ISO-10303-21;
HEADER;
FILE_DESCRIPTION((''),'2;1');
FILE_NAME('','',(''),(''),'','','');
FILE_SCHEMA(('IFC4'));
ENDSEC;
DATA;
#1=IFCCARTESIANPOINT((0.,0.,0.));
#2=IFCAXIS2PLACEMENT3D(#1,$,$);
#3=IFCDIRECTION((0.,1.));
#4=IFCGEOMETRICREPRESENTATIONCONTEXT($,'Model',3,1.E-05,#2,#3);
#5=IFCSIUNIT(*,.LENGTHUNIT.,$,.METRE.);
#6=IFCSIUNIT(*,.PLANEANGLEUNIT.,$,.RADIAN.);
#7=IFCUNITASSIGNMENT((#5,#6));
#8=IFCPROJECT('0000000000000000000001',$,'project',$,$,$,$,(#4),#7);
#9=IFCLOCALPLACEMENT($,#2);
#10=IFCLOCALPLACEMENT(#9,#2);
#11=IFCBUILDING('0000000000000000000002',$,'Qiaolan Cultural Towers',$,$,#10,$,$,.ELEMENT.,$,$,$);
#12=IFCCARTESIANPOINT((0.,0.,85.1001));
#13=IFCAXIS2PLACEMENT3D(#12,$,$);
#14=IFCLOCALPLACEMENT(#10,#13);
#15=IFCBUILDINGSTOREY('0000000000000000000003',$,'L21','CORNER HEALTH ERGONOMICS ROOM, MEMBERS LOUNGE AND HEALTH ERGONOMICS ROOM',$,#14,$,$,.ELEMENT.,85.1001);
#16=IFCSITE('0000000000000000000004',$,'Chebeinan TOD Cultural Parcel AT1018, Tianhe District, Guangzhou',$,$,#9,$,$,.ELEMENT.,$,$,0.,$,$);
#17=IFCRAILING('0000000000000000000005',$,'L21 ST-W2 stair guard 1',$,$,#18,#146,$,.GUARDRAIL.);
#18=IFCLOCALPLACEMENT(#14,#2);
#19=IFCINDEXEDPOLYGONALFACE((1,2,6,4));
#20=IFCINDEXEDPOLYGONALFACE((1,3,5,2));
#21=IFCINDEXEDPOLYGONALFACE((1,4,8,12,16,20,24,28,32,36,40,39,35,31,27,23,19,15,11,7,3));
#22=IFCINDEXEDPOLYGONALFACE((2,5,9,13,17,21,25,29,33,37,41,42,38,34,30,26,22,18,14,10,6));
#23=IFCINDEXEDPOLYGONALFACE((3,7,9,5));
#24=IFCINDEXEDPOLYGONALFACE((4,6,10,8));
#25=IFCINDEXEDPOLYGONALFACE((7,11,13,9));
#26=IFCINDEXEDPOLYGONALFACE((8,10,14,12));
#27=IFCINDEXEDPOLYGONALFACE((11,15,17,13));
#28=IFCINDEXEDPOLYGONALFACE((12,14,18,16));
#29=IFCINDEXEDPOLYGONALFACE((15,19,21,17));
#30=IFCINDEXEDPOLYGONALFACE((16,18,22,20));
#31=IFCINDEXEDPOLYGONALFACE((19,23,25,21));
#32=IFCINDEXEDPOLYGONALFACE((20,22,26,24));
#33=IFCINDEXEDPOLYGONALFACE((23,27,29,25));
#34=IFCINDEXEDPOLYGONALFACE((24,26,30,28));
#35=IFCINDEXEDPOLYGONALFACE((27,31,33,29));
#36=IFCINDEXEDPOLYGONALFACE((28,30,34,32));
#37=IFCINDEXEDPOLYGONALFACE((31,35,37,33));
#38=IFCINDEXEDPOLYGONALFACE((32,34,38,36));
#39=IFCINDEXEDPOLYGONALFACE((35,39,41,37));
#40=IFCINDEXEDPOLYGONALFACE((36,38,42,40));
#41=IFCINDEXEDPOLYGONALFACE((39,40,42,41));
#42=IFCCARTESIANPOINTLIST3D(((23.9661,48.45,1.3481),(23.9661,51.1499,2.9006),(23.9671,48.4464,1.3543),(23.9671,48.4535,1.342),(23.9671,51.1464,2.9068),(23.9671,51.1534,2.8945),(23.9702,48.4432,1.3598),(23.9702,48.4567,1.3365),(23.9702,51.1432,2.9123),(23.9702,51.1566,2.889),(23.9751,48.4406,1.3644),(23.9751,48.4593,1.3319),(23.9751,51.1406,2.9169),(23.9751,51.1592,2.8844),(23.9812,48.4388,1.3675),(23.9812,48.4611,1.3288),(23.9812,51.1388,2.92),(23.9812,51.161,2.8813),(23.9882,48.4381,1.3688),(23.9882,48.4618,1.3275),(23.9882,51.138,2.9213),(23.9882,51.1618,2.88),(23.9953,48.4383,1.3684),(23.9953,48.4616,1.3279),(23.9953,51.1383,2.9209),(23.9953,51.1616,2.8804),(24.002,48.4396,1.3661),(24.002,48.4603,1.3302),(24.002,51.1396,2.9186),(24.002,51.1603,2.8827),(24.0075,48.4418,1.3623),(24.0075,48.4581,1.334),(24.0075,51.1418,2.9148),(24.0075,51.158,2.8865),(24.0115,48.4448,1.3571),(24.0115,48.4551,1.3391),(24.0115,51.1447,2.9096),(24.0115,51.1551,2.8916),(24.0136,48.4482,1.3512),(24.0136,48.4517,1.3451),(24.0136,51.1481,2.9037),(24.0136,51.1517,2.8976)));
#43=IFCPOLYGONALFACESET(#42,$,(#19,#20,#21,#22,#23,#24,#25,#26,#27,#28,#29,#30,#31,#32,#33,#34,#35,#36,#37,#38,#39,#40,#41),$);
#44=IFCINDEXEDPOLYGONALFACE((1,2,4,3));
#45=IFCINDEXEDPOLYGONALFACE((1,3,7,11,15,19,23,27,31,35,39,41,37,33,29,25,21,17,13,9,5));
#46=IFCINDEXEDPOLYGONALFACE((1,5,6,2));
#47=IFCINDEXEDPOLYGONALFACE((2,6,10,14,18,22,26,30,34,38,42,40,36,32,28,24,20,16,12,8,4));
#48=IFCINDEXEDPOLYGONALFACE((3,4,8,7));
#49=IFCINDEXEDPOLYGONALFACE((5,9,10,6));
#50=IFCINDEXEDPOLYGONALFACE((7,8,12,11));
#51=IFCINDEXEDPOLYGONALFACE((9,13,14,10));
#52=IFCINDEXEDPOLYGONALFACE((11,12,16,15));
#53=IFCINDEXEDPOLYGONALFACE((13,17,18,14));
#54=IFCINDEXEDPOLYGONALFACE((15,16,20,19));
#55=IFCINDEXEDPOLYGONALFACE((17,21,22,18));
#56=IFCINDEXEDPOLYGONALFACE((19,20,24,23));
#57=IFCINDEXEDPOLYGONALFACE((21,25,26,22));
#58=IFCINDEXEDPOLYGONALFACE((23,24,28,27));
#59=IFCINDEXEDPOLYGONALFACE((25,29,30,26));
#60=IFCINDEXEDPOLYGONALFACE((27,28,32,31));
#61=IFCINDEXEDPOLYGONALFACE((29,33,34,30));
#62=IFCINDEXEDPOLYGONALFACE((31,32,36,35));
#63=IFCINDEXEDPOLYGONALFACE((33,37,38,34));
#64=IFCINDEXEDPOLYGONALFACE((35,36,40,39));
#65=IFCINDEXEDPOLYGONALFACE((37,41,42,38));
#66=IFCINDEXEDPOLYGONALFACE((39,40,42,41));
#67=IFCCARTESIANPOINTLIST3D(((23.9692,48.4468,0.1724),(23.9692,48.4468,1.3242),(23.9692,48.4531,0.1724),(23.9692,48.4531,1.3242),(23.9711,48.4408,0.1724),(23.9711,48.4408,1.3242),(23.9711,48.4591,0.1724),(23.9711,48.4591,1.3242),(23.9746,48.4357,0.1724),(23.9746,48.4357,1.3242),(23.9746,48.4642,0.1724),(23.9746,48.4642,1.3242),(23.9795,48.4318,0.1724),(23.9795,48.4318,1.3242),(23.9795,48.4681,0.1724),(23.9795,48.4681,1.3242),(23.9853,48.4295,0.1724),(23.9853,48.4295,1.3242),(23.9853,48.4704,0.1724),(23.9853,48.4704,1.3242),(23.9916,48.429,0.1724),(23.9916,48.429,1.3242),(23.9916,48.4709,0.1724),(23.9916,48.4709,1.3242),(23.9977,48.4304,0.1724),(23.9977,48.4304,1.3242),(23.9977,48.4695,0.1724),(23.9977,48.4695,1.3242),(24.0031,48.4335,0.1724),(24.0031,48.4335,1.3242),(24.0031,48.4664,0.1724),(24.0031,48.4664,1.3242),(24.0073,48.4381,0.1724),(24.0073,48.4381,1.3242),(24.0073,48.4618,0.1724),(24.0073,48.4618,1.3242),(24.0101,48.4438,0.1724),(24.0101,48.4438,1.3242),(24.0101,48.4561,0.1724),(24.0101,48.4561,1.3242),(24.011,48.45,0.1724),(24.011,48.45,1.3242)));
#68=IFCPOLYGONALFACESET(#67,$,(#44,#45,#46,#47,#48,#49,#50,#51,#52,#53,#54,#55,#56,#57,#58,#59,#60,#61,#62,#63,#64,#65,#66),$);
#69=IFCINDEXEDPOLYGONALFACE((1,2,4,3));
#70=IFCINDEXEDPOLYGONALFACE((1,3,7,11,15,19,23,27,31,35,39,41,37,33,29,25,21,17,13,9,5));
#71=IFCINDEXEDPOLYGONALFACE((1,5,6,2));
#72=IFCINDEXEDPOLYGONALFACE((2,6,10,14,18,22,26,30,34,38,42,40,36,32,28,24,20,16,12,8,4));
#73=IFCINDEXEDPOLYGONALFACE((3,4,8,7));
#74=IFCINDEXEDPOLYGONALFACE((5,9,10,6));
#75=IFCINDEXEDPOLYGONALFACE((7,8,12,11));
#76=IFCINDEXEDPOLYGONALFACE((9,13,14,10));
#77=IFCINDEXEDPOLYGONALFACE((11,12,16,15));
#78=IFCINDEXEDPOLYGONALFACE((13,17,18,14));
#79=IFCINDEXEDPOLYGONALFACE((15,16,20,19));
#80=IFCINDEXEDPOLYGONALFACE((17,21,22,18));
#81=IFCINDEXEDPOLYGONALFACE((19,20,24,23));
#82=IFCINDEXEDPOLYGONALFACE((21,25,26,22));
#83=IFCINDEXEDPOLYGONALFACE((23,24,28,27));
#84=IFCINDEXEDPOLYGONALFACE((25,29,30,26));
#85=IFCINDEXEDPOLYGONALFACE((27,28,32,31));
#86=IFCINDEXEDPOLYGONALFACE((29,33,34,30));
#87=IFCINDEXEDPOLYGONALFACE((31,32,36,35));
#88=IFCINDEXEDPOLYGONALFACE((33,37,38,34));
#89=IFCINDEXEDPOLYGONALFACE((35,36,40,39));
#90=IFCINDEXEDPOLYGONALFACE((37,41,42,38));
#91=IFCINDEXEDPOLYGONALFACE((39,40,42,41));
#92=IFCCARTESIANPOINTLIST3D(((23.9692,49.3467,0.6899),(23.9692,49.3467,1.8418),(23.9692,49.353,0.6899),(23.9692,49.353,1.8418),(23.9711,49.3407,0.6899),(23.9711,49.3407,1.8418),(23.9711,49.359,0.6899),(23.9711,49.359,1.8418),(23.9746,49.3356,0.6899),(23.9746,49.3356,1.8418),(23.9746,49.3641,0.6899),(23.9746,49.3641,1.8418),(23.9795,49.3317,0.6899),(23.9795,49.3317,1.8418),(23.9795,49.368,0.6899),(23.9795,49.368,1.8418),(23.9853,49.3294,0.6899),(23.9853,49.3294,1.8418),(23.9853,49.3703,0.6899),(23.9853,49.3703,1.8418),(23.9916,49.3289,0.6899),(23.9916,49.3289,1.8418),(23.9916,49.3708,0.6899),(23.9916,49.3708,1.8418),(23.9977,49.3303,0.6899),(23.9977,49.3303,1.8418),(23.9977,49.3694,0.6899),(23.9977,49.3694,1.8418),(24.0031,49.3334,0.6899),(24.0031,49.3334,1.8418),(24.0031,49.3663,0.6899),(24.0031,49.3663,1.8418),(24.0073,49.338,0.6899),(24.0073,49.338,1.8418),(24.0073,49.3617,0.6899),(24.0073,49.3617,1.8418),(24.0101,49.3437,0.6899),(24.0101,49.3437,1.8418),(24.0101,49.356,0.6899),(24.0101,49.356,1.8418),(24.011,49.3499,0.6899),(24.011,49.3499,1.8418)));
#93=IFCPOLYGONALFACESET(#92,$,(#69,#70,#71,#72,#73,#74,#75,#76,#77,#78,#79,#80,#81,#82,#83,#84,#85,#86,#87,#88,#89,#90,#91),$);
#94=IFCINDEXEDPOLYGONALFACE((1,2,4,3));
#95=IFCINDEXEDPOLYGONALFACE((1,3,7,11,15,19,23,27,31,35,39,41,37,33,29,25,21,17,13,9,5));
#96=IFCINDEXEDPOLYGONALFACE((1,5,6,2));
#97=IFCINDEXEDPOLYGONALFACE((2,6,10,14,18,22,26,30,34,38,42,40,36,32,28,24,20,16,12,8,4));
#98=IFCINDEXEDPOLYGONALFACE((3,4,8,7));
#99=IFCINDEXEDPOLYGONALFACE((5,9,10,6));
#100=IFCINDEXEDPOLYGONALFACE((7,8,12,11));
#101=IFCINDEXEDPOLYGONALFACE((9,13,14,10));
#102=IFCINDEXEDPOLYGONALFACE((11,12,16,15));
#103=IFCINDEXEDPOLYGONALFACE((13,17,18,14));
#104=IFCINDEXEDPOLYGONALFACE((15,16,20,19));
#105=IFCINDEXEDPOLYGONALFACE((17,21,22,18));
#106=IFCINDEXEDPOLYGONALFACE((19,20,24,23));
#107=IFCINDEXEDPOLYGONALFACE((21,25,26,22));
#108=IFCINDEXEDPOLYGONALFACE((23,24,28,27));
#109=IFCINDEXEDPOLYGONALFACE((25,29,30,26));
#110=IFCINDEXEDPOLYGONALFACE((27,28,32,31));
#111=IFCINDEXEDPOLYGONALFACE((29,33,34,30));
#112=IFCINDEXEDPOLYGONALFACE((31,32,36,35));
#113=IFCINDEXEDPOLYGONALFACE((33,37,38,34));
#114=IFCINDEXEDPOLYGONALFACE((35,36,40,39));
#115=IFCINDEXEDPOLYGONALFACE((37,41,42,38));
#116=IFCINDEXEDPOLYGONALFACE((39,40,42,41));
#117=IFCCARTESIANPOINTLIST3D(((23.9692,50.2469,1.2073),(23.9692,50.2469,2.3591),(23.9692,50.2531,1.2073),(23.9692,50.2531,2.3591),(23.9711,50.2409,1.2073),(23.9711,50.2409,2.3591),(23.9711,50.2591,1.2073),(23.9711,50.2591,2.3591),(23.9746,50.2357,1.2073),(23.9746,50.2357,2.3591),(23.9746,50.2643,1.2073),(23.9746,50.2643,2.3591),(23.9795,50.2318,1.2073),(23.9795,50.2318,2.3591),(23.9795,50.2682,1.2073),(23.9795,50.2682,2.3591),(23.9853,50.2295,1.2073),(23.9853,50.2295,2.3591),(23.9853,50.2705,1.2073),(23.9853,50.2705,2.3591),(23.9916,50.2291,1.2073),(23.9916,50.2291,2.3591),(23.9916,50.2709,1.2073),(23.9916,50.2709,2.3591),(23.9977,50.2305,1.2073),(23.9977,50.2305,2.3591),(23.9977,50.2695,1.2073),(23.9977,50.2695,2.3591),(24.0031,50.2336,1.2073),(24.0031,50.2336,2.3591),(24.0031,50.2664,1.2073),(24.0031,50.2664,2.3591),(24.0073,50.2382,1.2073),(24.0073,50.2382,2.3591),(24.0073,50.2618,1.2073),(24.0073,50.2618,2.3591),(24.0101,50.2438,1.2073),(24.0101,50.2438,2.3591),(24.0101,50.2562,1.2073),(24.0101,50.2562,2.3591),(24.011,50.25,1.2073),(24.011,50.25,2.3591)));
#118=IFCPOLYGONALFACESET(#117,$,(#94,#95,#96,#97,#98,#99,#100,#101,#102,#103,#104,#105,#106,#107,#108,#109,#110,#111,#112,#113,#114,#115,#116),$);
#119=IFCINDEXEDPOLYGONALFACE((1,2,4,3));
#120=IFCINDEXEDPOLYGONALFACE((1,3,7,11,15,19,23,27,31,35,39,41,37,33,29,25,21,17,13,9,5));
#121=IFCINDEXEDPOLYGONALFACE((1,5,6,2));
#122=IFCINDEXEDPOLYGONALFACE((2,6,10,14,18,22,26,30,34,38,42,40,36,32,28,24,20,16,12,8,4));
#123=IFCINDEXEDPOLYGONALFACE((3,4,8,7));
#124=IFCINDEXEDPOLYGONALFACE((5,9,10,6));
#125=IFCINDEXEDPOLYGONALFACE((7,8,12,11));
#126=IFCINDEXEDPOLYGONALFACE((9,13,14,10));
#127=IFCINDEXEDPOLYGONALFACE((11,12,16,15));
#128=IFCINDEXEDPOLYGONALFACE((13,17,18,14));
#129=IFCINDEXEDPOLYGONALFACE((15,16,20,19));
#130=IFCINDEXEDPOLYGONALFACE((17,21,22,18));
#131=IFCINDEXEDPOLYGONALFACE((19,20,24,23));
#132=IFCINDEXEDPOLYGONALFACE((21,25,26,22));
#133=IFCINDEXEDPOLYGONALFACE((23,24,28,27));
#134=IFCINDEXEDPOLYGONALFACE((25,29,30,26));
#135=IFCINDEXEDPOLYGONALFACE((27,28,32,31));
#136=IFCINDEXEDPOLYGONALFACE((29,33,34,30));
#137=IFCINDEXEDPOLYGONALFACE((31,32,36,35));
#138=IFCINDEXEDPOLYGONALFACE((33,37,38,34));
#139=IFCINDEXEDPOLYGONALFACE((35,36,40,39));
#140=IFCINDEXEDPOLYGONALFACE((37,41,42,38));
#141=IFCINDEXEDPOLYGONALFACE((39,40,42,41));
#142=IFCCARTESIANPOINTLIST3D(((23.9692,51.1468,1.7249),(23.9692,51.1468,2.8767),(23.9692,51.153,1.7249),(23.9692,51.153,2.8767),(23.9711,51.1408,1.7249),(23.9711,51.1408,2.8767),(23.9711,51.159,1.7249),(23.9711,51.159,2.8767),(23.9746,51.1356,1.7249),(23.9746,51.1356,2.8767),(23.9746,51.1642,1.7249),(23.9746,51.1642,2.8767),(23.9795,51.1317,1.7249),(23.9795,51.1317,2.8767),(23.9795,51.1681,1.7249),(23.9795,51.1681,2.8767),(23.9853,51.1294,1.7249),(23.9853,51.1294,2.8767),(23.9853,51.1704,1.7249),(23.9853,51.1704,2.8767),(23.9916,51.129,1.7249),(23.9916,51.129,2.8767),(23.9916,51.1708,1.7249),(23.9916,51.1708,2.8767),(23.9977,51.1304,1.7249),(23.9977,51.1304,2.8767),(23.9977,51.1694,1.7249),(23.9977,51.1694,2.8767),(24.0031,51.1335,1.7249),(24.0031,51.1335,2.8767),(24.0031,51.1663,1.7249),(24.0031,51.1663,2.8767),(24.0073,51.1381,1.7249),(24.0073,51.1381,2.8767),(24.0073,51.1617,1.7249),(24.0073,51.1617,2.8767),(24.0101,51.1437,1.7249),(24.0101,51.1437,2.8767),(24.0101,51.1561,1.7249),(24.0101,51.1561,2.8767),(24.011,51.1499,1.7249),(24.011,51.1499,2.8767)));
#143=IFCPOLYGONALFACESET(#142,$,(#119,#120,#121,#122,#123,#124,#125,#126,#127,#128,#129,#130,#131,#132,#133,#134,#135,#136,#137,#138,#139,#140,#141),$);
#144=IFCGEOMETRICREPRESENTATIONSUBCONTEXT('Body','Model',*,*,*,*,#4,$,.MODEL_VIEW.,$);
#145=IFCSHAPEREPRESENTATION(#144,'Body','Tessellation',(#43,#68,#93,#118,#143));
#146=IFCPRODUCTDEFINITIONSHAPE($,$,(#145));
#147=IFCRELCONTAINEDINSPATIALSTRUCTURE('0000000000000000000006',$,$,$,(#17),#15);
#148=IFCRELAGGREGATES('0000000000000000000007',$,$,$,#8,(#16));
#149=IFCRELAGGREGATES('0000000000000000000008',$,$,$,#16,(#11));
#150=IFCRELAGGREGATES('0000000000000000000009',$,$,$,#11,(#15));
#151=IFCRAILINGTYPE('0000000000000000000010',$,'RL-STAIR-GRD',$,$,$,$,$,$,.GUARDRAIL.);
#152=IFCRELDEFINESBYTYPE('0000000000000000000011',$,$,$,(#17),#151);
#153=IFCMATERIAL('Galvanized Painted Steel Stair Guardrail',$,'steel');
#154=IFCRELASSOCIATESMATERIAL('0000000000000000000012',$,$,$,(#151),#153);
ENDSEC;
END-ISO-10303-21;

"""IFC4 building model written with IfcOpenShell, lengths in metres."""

from ifc_helpers import new_model, si_unit, direction, frame, origin, origin_2d, place, context, subcontext, project, spatial, circle, extrude, material, type_object, element, save


model = new_model("IFC4")

# Units and contexts
model_context = context("Model", 3, precision=1e-05, world=origin(), true_north=direction((0.0, 1.0)))
body_context = subcontext(model_context, "Body", "Model", "MODEL_VIEW")
ifc_project = project(units=[si_unit("LENGTHUNIT", "METRE"), si_unit("PLANEANGLEUNIT", "RADIAN")], contexts=[model_context])

# Site, building, storey
site_placement = place(None, origin())
site = spatial("IfcSite", under=ifc_project, at=site_placement, Name="Chebeinan TOD Cultural Parcel AT1018, Tianhe District, Guangzhou", CompositionType="ELEMENT", RefElevation=0.0)
building_placement = place(site_placement, origin())
building = spatial("IfcBuilding", under=site, at=building_placement, Name="Qiaolan Cultural Towers", CompositionType="ELEMENT")
storey_placement = place(building_placement, frame((0.0, 0.0, 85.1001)))
storey = spatial("IfcBuildingStorey", under=building, at=storey_placement, Name="L21", Description="CORNER HEALTH ERGONOMICS ROOM, MEMBERS LOUNGE AND HEALTH ERGONOMICS ROOM", CompositionType="ELEMENT", Elevation=85.1001)

# Railing
ifc_material_1 = material(Name="Galvanized Painted Steel Stair Guardrail", Category="steel")
railing_type_1 = type_object("IfcRailingType", Name="RL-STAIR-GRD", PredefinedType="GUARDRAIL", material=ifc_material_1)
railing_1_placement = place(storey_placement, frame((23.99, 48.45, 0.1724)))
element("IfcRailing", 1, at=railing_1_placement, inside=storey, type_object=railing_type_1, Name="L21 ST-W2 stair guard 1", PredefinedType="GUARDRAIL", context=body_context, shape_type="SweptSolid", body=[
    extrude(circle(Radius=0.0239, at=origin_2d()), frame((0.0, 0.0, 1.1758), z_axis=(0.0, 0.866904, 0.498476), x_axis=(-1.0, 0.0, 0.0)), (0.0, 0.0, 1.0), 3.1145),
    extrude(circle(Radius=0.021, at=origin_2d()), origin(), (0.0, 0.0, 1.0), 1.1519),
    extrude(circle(Radius=0.021, at=origin_2d()), frame((0.0, 0.8999, 0.5176)), (0.0, 0.0, 1.0), 1.1519),
    extrude(circle(Radius=0.021, at=origin_2d()), frame((0.0, 1.8, 1.0349)), (0.0, 0.0, 1.0), 1.1519),
    extrude(circle(Radius=0.021, at=origin_2d()), frame((0.0, 2.7, 1.5525)), (0.0, 0.0, 1.0), 1.1519),
])

save(model, "model.ifc")
